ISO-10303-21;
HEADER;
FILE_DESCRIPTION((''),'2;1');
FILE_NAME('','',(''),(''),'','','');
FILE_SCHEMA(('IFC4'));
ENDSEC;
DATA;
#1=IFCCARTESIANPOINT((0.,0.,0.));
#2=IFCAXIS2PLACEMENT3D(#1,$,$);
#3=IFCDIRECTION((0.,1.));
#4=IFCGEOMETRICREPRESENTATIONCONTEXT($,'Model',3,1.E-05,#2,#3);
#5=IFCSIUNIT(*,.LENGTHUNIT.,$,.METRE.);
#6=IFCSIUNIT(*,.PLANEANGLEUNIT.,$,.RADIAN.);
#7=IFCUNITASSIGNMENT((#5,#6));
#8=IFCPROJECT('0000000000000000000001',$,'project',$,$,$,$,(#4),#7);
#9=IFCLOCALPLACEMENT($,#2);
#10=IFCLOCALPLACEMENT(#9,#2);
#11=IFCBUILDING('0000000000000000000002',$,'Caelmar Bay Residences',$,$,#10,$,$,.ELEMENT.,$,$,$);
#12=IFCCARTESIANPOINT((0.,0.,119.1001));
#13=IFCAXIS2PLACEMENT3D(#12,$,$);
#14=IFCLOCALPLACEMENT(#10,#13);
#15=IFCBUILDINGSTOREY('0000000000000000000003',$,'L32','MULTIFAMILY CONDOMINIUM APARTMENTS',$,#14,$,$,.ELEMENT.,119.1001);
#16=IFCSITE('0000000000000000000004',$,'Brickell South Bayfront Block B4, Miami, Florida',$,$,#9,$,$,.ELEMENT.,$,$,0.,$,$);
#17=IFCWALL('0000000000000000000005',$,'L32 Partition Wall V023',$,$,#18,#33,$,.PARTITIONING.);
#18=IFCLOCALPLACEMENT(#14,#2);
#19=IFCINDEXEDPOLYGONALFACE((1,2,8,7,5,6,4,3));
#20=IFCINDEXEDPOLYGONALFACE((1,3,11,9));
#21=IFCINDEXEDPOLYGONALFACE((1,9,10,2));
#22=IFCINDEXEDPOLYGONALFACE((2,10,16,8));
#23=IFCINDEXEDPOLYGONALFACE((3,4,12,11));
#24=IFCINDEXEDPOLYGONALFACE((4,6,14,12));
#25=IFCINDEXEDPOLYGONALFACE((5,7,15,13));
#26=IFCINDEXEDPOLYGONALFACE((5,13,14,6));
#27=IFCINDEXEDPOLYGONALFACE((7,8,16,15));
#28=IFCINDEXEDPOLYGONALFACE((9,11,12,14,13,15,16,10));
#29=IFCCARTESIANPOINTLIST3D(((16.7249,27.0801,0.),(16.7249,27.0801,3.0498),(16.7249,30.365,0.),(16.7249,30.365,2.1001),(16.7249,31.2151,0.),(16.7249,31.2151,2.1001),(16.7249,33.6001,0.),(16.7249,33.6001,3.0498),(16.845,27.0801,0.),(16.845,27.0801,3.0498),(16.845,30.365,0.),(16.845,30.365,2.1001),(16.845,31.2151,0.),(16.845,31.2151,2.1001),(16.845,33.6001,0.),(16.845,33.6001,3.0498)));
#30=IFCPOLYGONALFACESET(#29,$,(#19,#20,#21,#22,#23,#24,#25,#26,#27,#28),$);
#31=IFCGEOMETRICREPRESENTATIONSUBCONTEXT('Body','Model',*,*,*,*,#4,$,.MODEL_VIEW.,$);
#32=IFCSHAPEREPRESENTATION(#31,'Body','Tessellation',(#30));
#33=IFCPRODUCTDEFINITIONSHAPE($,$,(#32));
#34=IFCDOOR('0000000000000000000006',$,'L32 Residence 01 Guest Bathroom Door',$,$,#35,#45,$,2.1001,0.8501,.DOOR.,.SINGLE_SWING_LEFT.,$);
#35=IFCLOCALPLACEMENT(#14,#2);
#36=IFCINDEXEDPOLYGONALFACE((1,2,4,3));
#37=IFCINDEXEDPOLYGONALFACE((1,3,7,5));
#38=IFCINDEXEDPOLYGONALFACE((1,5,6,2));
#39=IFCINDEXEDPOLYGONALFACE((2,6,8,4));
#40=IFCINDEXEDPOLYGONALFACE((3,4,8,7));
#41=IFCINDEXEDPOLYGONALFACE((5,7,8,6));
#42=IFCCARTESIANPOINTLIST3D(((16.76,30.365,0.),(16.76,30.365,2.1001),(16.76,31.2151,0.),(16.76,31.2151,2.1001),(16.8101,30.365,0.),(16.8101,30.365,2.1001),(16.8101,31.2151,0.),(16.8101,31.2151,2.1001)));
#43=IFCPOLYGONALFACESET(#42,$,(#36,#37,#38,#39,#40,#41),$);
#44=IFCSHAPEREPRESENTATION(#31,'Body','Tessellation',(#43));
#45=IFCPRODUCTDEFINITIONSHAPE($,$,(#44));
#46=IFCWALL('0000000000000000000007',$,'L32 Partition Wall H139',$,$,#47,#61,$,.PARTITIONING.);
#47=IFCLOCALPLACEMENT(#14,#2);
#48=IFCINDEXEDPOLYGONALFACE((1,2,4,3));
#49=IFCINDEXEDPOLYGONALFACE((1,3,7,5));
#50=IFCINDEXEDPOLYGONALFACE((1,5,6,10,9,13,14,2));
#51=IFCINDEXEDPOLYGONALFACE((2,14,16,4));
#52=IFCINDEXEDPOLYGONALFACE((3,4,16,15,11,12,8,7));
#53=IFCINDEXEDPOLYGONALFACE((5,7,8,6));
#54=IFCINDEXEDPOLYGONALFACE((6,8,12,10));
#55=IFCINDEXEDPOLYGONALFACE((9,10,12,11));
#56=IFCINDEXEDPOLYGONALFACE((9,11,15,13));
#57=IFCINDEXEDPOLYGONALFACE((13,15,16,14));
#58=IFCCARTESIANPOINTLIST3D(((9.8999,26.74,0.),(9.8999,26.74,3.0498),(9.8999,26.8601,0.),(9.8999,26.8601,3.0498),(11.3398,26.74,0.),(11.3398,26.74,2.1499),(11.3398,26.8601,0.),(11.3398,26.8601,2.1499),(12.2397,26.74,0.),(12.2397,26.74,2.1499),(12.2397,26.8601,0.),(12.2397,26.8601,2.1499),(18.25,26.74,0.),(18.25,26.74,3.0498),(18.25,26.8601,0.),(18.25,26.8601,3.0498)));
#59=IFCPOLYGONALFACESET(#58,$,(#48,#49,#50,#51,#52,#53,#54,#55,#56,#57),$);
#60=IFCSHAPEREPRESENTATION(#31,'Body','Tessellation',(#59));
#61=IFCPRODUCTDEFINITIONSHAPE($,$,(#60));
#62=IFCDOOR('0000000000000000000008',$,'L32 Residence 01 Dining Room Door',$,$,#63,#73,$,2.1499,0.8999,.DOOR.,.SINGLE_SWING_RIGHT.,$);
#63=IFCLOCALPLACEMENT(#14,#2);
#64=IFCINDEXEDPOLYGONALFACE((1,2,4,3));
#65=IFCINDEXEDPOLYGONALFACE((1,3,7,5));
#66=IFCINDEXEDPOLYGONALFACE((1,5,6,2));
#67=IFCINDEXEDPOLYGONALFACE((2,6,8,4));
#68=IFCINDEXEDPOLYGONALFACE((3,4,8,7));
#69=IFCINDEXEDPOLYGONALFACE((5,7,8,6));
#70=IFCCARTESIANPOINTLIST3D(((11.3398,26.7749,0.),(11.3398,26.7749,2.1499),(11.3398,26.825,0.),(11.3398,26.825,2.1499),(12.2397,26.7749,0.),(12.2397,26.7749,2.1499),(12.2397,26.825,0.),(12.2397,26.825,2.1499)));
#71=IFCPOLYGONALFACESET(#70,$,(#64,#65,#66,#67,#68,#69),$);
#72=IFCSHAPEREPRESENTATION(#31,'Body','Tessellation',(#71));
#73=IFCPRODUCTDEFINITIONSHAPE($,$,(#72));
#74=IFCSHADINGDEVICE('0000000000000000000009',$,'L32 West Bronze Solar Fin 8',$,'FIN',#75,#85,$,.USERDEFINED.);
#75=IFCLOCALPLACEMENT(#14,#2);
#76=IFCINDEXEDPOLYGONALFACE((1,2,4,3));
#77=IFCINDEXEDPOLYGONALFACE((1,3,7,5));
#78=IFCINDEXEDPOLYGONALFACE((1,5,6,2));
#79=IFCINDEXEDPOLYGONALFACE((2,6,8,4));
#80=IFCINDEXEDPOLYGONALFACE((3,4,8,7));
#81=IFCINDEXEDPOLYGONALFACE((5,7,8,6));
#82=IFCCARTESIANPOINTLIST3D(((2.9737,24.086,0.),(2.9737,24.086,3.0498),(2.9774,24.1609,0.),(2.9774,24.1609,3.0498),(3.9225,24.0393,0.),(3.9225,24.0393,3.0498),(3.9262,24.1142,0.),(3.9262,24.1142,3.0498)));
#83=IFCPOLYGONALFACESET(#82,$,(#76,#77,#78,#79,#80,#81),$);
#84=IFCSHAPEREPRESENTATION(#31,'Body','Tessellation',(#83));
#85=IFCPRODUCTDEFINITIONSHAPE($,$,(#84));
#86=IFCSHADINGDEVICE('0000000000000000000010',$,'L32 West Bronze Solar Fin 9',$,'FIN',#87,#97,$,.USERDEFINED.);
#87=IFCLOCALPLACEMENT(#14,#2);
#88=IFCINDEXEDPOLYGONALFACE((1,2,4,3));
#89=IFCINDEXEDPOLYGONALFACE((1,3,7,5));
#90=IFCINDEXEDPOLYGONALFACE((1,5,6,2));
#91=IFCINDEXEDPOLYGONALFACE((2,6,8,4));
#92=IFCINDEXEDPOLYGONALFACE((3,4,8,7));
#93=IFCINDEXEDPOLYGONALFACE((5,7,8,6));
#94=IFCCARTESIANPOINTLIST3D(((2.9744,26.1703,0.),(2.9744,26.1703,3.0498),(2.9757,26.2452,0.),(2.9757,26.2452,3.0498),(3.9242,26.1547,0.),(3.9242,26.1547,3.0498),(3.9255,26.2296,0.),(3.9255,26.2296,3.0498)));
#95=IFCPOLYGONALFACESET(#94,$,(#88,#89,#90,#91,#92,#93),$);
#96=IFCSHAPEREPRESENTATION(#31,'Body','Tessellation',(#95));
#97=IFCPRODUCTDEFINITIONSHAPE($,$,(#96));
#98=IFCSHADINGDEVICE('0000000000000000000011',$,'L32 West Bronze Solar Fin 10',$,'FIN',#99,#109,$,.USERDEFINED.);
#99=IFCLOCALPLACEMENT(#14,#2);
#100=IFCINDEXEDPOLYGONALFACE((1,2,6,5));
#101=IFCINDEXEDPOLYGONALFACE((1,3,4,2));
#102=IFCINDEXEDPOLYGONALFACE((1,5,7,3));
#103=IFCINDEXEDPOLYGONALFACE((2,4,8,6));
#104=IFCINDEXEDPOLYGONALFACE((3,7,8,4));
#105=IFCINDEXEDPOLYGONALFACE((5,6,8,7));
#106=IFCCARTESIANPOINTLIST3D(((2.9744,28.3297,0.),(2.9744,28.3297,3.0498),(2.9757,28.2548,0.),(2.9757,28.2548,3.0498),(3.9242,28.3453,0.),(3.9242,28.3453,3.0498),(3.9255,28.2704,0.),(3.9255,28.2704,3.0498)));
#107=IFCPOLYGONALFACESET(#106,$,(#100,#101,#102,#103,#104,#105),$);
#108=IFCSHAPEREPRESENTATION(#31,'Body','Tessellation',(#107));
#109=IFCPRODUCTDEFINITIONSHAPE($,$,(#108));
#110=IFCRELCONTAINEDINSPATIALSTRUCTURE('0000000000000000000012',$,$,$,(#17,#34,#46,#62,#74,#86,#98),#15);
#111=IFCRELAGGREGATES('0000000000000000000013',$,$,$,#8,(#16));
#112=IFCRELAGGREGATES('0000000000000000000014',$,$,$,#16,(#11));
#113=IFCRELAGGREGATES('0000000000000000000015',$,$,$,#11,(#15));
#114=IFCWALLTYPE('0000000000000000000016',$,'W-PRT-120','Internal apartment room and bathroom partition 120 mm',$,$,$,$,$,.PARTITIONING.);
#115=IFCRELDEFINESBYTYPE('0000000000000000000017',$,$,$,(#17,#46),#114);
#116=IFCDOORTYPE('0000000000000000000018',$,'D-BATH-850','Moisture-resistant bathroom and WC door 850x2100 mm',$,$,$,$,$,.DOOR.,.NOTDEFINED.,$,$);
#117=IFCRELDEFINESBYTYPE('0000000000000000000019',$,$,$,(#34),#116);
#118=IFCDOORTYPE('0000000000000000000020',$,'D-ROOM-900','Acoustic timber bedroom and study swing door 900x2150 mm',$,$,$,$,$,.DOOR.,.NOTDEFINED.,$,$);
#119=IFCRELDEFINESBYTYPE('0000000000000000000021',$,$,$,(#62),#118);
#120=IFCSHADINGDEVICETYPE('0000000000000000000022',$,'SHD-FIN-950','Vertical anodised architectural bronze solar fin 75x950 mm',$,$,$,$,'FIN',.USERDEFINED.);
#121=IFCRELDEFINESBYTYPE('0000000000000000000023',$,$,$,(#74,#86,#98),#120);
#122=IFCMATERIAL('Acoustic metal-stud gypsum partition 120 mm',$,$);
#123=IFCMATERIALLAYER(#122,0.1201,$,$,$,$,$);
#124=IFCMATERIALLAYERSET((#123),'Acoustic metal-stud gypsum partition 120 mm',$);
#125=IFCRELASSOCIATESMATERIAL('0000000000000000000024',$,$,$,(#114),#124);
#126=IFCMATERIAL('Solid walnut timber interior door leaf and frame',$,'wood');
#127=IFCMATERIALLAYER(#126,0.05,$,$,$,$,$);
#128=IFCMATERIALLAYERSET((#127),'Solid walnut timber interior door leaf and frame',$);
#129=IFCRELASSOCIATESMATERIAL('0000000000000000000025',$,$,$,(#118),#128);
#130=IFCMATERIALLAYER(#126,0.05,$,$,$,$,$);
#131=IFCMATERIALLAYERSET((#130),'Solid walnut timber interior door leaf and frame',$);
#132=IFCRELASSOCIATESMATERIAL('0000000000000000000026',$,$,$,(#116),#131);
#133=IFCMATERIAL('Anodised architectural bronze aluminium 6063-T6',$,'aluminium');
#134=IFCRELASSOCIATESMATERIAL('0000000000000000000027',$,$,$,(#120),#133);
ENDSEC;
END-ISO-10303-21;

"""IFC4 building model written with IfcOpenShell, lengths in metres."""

from ifc_helpers import new_model, si_unit, direction, frame, frame_2d, origin, origin_2d, place, context, subcontext, project, spatial, rectangle, extrude, material, layer, layer_set, material_profile, profile_set, type_object, element, fill, save


model = new_model("IFC4")

# Units and contexts
model_context = context("Model", 3, precision=1e-05, world=origin(), true_north=direction((0.0, 1.0)))
body_context = subcontext(model_context, "Body", "Model", "MODEL_VIEW")
ifc_project = project(units=[si_unit("LENGTHUNIT", "METRE"), si_unit("PLANEANGLEUNIT", "RADIAN")], contexts=[model_context])

# Site, building, storey
site_placement = place(None, origin())
site = spatial("IfcSite", under=ifc_project, at=site_placement, Name="Brickell South Bayfront Block B4, Miami, Florida", CompositionType="ELEMENT", RefElevation=0.0)
building_placement = place(site_placement, origin())
building = spatial("IfcBuilding", under=site, at=building_placement, Name="Caelmar Bay Residences", CompositionType="ELEMENT")
storey_placement = place(building_placement, frame((0.0, 0.0, 119.1001)))
storey = spatial("IfcBuildingStorey", under=building, at=storey_placement, Name="L32", Description="MULTIFAMILY CONDOMINIUM APARTMENTS", CompositionType="ELEMENT", Elevation=119.1001)

# Shared definitions
ifc_material_1 = material(Name="Acoustic metal-stud gypsum partition 120 mm")
ifc_layer_1 = layer(ifc_material_1, 0.1201)
ifc_layer_set_1 = layer_set([ifc_layer_1], Name="Acoustic metal-stud gypsum partition 120 mm")
wall_type_1 = type_object("IfcWallType", Name="W-PRT-120", Description="Internal apartment room and bathroom partition 120 mm", PredefinedType="PARTITIONING", material=ifc_layer_set_1)

# Shared definitions
ifc_material_2 = material(Name="Solid walnut timber interior door leaf and frame", Category="wood")
ifc_layer_2 = layer(ifc_material_2, 0.05)
ifc_layer_set_2 = layer_set([ifc_layer_2], Name="Solid walnut timber interior door leaf and frame")
door_type_1 = type_object("IfcDoorType", Name="D-ROOM-900", Description="Acoustic timber bedroom and study swing door 900x2150 mm", OperationType="NOTDEFINED", PredefinedType="DOOR", material=ifc_layer_set_2)

# Walls, openings, doors
wall_1_placement = place(storey_placement, frame((16.7849, 27.0801, 0.0), z_axis=(0.0, 0.0, 1.0), x_axis=(0.0, 1.0, 0.0)))
wall_1 = element("IfcWall", 1, at=wall_1_placement, inside=storey, type_object=wall_type_1, Name="L32 Partition Wall V023", PredefinedType="PARTITIONING", context=body_context, shape_type="SweptSolid", body=[
    extrude(rectangle(XDim=6.52, YDim=0.1201, at=frame_2d((3.26, 0.0))), origin(), (0.0, 0.0, 1.0), 3.0498),
])
opening_1_placement = place(wall_1_placement, frame((3.2849, 0.0, 0.0)))
opening_1 = element("IfcOpeningElement", 2, at=opening_1_placement, cuts=wall_1, PredefinedType="OPENING", context=body_context, shape_type="SweptSolid", body=[
    extrude(rectangle(XDim=0.8501, YDim=2.1001, at=frame_2d((0.425, 1.05))), frame((0.0, 0.0701, 0.0), z_axis=(0.0, -1.0, 0.0), x_axis=(1.0, 0.0, 0.0)), (0.0, 0.0, 1.0), 0.1401),
])
ifc_layer_3 = layer(ifc_material_2, 0.05)
ifc_layer_set_3 = layer_set([ifc_layer_3], Name="Solid walnut timber interior door leaf and frame")
door_type_2 = type_object("IfcDoorType", Name="D-BATH-850", Description="Moisture-resistant bathroom and WC door 850x2100 mm", OperationType="NOTDEFINED", PredefinedType="DOOR", material=ifc_layer_set_3)
door_1_placement = place(opening_1_placement, origin())
door_1 = element("IfcDoor", 3, at=door_1_placement, inside=storey, type_object=door_type_2, Name="L32 Residence 01 Guest Bathroom Door", OperationType="SINGLE_SWING_LEFT", OverallHeight=2.1001, OverallWidth=0.8501, PredefinedType="DOOR", context=body_context, shape_type="SweptSolid", body=[
    extrude(rectangle(XDim=0.8501, YDim=2.1001, at=frame_2d((0.425, 1.05))), frame((0.0, 0.0249, 0.0), z_axis=(0.0, -1.0, 0.0), x_axis=(1.0, 0.0, 0.0)), (0.0, 0.0, 1.0), 0.05),
])
fill(opening_1, door_1)
wall_2_placement = place(storey_placement, frame((9.8999, 26.8, 0.0), z_axis=(0.0, 0.0, 1.0), x_axis=(1.0, 0.0, 0.0)))
wall_2 = element("IfcWall", 4, at=wall_2_placement, inside=storey, type_object=wall_type_1, Name="L32 Partition Wall H139", PredefinedType="PARTITIONING", context=body_context, shape_type="SweptSolid", body=[
    extrude(rectangle(XDim=8.3501, YDim=0.1201, at=frame_2d((4.175, 0.0))), origin(), (0.0, 0.0, 1.0), 3.0498),
])
opening_2_placement = place(wall_2_placement, frame((1.4399, 0.0, 0.0)))
opening_2 = element("IfcOpeningElement", 5, at=opening_2_placement, cuts=wall_2, PredefinedType="OPENING", context=body_context, shape_type="SweptSolid", body=[
    extrude(rectangle(XDim=0.8999, YDim=2.1499, at=frame_2d((0.45, 1.075))), frame((0.0, 0.0701, 0.0), z_axis=(0.0, -1.0, 0.0), x_axis=(1.0, 0.0, 0.0)), (0.0, 0.0, 1.0), 0.1401),
])
door_2_placement = place(opening_2_placement, origin())
door_2 = element("IfcDoor", 6, at=door_2_placement, inside=storey, type_object=door_type_1, Name="L32 Residence 01 Dining Room Door", OperationType="SINGLE_SWING_RIGHT", OverallHeight=2.1499, OverallWidth=0.8999, PredefinedType="DOOR", context=body_context, shape_type="SweptSolid", body=[
    extrude(rectangle(XDim=0.8999, YDim=2.1499, at=frame_2d((0.45, 1.075))), frame((0.0, 0.0249, 0.0), z_axis=(0.0, -1.0, 0.0), x_axis=(1.0, 0.0, 0.0)), (0.0, 0.0, 1.0), 0.05),
])
fill(opening_2, door_2)

# Shading devices
ifc_material_3 = material(Name="Anodised architectural bronze aluminium 6063-T6", Category="aluminium")
ifc_material_profile_1 = material_profile(ifc_material_3, rectangle(XDim=0.075, YDim=0.95, at=origin_2d()), Name="BRONZE-FIN-75X950")
ifc_profile_set_1 = profile_set([ifc_material_profile_1], Name="Anodised architectural bronze aluminium 6063-T6")
shading_device_type = type_object("IfcShadingDeviceType", Name="SHD-FIN-950", Description="Vertical anodised architectural bronze solar fin 75x950 mm", ElementType="FIN", PredefinedType="USERDEFINED", material=ifc_profile_set_1)
for number, where, z_axis, x_axis, name in (
    (7, (3.45, 24.1001, 0.0), (0.0, 0.0, 1.0), (0.049198, 0.998789, 0.0), "L32 West Bronze Solar Fin 8"),
    (8, (3.45, 26.2, 0.0), (0.0, 0.0, 1.0), (0.016405, 0.999865, 0.0), "L32 West Bronze Solar Fin 9"),
    (9, (3.45, 28.3, 0.0), (0.0, 0.0, 1.0), (-0.016405, 0.999865, 0.0), "L32 West Bronze Solar Fin 10"),
):
    element("IfcShadingDevice", number, at=place(storey_placement, frame(where, z_axis=z_axis, x_axis=x_axis)), inside=storey, type_object=shading_device_type, Name=name, ObjectType="FIN", PredefinedType="USERDEFINED", context=body_context, shape_type="SweptSolid", body=[
        extrude(rectangle(XDim=0.075, YDim=0.95, at=origin_2d()), origin(), (0.0, 0.0, 1.0), 3.0498),
    ])

save(model, "model.ifc")
